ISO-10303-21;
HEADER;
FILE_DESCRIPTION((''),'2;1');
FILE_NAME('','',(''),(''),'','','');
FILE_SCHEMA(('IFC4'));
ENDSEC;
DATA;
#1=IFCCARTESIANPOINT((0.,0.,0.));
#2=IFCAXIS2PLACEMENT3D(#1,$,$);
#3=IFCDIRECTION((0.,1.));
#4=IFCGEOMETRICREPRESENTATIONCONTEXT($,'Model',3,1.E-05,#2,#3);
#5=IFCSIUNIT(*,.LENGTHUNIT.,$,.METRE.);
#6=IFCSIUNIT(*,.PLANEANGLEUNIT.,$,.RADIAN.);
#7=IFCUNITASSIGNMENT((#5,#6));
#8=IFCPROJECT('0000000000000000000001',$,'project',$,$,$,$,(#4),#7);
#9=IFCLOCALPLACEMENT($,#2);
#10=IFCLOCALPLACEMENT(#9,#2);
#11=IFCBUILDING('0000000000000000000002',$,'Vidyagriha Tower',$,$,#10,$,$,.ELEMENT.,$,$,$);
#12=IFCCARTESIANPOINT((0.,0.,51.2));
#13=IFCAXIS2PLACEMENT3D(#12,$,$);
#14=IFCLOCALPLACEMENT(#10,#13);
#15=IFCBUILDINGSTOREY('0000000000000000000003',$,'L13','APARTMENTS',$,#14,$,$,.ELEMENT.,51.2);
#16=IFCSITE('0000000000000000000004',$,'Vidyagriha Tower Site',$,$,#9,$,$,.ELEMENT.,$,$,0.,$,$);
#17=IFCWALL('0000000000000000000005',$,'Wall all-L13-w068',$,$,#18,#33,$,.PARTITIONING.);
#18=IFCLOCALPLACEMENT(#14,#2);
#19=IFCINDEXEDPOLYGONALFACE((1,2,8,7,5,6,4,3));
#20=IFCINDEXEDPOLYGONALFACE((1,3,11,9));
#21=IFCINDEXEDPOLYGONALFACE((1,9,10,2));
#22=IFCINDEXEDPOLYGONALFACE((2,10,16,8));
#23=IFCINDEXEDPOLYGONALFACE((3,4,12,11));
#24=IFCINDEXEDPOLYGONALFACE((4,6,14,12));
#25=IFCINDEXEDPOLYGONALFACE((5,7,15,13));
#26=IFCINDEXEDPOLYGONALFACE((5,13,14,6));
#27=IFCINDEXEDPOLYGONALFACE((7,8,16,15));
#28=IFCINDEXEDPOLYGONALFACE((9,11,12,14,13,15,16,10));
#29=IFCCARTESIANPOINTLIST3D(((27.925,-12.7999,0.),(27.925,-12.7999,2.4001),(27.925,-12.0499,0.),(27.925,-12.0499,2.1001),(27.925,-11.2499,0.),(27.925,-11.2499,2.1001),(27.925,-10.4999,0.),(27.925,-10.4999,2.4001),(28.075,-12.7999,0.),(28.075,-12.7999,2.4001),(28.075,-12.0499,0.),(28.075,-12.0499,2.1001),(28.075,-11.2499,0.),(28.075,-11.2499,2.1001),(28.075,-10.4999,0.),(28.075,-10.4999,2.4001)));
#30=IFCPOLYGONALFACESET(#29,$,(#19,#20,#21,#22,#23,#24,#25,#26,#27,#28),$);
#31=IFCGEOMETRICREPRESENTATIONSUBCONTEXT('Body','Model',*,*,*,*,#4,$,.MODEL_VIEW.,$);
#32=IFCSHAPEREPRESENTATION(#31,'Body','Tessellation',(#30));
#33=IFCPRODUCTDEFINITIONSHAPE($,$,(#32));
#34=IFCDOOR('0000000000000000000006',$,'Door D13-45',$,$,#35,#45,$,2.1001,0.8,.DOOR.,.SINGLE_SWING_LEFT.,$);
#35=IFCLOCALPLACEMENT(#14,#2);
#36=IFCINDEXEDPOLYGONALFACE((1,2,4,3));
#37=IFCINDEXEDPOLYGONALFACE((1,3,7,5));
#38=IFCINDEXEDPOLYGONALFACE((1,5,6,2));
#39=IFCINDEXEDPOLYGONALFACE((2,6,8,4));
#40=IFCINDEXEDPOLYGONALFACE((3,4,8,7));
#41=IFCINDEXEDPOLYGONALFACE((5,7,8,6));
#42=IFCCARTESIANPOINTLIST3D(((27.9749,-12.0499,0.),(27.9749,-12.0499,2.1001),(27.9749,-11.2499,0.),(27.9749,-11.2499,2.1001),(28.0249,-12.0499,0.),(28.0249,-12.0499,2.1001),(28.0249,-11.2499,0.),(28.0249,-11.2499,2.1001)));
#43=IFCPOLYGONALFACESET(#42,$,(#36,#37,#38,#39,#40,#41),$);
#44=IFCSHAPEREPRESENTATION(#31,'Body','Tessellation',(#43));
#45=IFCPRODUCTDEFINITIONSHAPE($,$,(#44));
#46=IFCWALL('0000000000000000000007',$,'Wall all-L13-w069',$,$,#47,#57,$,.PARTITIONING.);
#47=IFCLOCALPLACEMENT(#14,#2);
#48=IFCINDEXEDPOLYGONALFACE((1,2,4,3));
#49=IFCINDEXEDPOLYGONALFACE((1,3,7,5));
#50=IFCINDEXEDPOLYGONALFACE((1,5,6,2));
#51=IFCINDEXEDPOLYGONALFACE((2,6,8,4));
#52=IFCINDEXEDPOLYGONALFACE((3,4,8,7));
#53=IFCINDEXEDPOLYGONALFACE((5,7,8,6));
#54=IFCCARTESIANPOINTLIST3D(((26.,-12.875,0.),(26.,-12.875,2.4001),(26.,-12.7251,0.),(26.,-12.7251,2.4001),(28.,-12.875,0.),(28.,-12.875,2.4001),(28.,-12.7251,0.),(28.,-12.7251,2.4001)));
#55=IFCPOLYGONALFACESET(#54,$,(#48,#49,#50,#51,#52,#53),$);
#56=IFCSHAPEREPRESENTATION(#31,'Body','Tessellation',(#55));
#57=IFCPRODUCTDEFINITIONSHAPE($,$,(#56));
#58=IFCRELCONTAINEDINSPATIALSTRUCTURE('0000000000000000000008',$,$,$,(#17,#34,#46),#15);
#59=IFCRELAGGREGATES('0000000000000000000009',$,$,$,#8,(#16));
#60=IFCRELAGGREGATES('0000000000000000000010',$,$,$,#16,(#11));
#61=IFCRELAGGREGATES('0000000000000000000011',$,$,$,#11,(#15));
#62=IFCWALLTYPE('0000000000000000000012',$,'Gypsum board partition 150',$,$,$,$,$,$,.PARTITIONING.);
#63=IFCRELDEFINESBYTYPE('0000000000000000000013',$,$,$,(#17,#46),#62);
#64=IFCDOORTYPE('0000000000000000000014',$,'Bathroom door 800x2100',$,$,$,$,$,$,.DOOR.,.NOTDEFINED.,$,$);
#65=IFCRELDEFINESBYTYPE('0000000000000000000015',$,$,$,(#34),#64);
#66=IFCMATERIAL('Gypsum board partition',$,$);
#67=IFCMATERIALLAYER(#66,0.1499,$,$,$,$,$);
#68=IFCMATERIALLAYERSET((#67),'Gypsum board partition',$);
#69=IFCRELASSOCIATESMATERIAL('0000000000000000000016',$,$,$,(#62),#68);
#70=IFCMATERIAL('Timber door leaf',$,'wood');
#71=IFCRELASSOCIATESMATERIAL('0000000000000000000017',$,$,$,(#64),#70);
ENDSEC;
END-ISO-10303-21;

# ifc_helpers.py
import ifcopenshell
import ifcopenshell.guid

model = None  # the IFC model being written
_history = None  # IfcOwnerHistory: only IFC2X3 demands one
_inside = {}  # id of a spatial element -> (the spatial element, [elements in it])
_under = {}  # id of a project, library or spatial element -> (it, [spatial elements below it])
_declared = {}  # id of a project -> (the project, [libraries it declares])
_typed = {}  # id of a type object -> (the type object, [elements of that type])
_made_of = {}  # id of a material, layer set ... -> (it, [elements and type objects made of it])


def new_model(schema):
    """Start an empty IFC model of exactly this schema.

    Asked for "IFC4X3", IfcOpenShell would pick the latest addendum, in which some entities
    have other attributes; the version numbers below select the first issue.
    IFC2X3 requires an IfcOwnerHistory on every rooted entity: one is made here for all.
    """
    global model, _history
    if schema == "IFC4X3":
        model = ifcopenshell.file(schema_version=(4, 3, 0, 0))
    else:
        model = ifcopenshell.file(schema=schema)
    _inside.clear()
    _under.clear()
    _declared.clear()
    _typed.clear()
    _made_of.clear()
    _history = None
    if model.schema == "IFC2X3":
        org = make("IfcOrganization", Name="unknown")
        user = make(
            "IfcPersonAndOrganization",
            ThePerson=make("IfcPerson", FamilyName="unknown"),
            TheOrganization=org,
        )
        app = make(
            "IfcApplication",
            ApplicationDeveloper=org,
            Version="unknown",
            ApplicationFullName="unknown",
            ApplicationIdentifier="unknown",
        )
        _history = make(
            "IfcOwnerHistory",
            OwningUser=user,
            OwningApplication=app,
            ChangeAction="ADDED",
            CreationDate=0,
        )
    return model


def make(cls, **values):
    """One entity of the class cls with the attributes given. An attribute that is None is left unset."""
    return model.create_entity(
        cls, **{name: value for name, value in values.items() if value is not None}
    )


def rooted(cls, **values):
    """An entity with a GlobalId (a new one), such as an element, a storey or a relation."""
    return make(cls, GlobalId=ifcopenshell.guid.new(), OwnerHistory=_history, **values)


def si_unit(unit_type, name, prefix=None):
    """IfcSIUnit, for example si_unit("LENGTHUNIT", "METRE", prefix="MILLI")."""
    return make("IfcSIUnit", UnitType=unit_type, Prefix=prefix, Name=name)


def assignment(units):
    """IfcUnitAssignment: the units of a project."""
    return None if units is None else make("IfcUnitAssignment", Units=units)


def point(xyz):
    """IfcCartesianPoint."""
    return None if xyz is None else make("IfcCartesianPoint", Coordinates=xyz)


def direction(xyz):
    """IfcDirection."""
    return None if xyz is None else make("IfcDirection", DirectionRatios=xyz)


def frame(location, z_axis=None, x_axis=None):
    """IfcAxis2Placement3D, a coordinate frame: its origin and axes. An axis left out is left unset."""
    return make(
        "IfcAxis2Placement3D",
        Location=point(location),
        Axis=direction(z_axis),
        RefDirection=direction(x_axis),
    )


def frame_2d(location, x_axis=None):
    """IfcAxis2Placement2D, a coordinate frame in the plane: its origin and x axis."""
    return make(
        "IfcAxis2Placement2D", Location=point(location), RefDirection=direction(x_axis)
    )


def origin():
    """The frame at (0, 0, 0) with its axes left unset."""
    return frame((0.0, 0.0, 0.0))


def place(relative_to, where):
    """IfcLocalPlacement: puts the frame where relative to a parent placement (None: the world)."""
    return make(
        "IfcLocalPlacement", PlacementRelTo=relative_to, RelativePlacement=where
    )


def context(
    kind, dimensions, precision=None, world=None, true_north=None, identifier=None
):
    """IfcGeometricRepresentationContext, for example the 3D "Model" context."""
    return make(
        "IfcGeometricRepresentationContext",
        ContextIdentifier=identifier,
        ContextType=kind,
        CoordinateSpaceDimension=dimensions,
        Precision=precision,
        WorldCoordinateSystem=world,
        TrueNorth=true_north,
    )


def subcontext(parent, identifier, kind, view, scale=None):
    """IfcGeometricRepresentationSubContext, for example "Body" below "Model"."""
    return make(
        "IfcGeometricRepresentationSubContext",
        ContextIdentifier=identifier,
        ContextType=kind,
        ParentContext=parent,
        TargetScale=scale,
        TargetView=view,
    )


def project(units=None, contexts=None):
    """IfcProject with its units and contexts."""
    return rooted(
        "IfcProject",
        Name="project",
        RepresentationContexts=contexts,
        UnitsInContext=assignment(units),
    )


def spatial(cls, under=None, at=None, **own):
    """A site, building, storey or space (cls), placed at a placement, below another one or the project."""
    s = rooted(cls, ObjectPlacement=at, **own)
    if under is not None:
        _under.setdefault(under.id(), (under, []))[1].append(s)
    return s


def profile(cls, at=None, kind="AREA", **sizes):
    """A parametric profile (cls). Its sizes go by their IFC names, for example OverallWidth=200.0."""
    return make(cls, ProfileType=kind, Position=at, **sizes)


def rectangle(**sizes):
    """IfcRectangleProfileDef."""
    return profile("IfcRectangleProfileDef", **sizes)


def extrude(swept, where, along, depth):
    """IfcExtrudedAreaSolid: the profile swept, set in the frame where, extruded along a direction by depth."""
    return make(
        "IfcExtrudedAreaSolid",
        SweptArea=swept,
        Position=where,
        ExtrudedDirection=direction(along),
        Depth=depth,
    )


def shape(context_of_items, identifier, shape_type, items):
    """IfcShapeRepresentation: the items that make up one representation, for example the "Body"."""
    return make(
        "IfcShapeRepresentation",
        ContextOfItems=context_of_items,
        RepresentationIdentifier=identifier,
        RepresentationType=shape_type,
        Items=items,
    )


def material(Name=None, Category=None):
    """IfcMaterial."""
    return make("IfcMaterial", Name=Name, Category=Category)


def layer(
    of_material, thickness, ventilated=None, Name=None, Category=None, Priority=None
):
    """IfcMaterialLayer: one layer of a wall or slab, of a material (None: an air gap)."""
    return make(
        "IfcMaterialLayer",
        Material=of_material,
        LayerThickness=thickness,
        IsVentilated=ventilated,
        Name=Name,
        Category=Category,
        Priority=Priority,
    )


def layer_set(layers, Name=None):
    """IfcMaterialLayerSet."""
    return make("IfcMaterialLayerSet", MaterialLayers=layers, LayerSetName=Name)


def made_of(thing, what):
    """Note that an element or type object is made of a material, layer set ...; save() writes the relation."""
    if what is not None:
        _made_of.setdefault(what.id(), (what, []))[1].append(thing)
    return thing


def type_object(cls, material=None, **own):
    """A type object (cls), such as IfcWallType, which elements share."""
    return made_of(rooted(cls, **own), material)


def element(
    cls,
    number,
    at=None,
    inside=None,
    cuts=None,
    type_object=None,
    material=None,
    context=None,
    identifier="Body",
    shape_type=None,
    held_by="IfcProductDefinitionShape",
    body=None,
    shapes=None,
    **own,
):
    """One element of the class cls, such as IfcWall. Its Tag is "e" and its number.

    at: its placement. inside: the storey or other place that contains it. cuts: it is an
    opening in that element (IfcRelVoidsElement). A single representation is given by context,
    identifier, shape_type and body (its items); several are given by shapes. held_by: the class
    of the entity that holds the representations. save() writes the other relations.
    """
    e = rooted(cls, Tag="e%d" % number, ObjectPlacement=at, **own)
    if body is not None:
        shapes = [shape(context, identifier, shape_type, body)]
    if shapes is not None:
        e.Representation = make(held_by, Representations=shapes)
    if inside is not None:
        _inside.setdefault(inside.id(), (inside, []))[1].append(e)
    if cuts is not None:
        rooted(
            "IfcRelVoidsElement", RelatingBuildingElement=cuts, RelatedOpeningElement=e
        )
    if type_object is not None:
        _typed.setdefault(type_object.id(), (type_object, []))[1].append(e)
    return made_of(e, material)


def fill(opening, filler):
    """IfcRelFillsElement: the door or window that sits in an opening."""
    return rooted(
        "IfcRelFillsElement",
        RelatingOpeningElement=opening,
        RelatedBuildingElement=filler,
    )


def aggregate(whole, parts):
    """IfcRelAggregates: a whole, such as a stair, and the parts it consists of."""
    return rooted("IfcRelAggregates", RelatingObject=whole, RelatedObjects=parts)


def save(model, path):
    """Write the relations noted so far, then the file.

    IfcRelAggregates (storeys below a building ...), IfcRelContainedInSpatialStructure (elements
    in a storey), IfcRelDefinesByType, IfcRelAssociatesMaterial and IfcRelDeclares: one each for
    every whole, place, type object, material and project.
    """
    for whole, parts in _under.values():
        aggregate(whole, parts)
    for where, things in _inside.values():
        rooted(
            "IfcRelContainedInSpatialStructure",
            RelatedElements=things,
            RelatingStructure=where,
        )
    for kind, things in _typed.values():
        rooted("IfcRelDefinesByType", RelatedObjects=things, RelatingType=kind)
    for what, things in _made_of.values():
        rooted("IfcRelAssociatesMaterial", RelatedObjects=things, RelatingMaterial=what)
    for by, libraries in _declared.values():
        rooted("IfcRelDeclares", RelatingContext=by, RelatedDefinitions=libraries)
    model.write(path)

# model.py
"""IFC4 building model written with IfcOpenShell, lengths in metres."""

from ifc_helpers import new_model, si_unit, direction, frame, frame_2d, origin, place, context, subcontext, project, spatial, rectangle, extrude, material, layer, layer_set, type_object, element, fill, save


model = new_model("IFC4")

# Units and contexts
model_context = context("Model", 3, precision=1e-05, world=origin(), true_north=direction((0.0, 1.0)))
body_context = subcontext(model_context, "Body", "Model", "MODEL_VIEW")
ifc_project = project(units=[si_unit("LENGTHUNIT", "METRE"), si_unit("PLANEANGLEUNIT", "RADIAN")], contexts=[model_context])

# Site, building, storey
site_placement = place(None, origin())
site = spatial("IfcSite", under=ifc_project, at=site_placement, Name="Vidyagriha Tower Site", CompositionType="ELEMENT", RefElevation=0.0)
building_placement = place(site_placement, origin())
building = spatial("IfcBuilding", under=site, at=building_placement, Name="Vidyagriha Tower", CompositionType="ELEMENT")
storey_placement = place(building_placement, frame((0.0, 0.0, 51.2)))
storey = spatial("IfcBuildingStorey", under=building, at=storey_placement, Name="L13", Description="APARTMENTS", CompositionType="ELEMENT", Elevation=51.2)

# Shared definitions
ifc_material_1 = material(Name="Gypsum board partition")
ifc_layer_1 = layer(ifc_material_1, 0.1499)
ifc_layer_set_1 = layer_set([ifc_layer_1], Name="Gypsum board partition")
wall_type_1 = type_object("IfcWallType", Name="Gypsum board partition 150", PredefinedType="PARTITIONING", material=ifc_layer_set_1)

# Wall, opening, door
wall_1_placement = place(storey_placement, frame((28.0, -10.5, 0.0), z_axis=(0.0, 0.0, 1.0), x_axis=(0.0, -1.0, 0.0)))
wall_1 = element("IfcWall", 1, at=wall_1_placement, inside=storey, type_object=wall_type_1, Name="Wall all-L13-w068", PredefinedType="PARTITIONING", context=body_context, shape_type="SweptSolid", body=[
    extrude(rectangle(XDim=2.3, YDim=0.1499, at=frame_2d((1.1499, 0.0))), origin(), (0.0, 0.0, 1.0), 2.4001),
])
opening_1_placement = place(wall_1_placement, frame((0.75, 0.0, 0.0)))
opening_1 = element("IfcOpeningElement", 2, at=opening_1_placement, cuts=wall_1, PredefinedType="OPENING", context=body_context, shape_type="SweptSolid", body=[
    extrude(rectangle(XDim=0.8, YDim=2.1001, at=frame_2d((0.3999, 1.05))), frame((0.0, 0.085, 0.0), z_axis=(0.0, -1.0, 0.0), x_axis=(1.0, 0.0, 0.0)), (0.0, 0.0, 1.0), 0.1699),
])
ifc_material_2 = material(Name="Timber door leaf", Category="wood")
door_type = type_object("IfcDoorType", Name="Bathroom door 800x2100", OperationType="NOTDEFINED", PredefinedType="DOOR", material=ifc_material_2)
door_placement = place(opening_1_placement, origin())
door = element("IfcDoor", 3, at=door_placement, inside=storey, type_object=door_type, Name="Door D13-45", OperationType="SINGLE_SWING_LEFT", OverallHeight=2.1001, OverallWidth=0.8, PredefinedType="DOOR", context=body_context, shape_type="SweptSolid", body=[
    extrude(rectangle(XDim=0.8, YDim=2.1001, at=frame_2d((0.3999, 1.05))), frame((0.0, 0.0249, 0.0), z_axis=(0.0, -1.0, 0.0), x_axis=(1.0, 0.0, 0.0)), (0.0, 0.0, 1.0), 0.05),
])
fill(opening_1, door)

# Wall
wall_2_placement = place(storey_placement, frame((28.0, -12.8, 0.0), z_axis=(0.0, 0.0, 1.0), x_axis=(-1.0, 0.0, 0.0)))
element("IfcWall", 4, at=wall_2_placement, inside=storey, type_object=wall_type_1, Name="Wall all-L13-w069", PredefinedType="PARTITIONING", context=body_context, shape_type="SweptSolid", body=[
    extrude(rectangle(XDim=2.0, YDim=0.1499, at=frame_2d((1.0, 0.0))), origin(), (0.0, 0.0, 1.0), 2.4001),
])

save(model, "model.ifc")
